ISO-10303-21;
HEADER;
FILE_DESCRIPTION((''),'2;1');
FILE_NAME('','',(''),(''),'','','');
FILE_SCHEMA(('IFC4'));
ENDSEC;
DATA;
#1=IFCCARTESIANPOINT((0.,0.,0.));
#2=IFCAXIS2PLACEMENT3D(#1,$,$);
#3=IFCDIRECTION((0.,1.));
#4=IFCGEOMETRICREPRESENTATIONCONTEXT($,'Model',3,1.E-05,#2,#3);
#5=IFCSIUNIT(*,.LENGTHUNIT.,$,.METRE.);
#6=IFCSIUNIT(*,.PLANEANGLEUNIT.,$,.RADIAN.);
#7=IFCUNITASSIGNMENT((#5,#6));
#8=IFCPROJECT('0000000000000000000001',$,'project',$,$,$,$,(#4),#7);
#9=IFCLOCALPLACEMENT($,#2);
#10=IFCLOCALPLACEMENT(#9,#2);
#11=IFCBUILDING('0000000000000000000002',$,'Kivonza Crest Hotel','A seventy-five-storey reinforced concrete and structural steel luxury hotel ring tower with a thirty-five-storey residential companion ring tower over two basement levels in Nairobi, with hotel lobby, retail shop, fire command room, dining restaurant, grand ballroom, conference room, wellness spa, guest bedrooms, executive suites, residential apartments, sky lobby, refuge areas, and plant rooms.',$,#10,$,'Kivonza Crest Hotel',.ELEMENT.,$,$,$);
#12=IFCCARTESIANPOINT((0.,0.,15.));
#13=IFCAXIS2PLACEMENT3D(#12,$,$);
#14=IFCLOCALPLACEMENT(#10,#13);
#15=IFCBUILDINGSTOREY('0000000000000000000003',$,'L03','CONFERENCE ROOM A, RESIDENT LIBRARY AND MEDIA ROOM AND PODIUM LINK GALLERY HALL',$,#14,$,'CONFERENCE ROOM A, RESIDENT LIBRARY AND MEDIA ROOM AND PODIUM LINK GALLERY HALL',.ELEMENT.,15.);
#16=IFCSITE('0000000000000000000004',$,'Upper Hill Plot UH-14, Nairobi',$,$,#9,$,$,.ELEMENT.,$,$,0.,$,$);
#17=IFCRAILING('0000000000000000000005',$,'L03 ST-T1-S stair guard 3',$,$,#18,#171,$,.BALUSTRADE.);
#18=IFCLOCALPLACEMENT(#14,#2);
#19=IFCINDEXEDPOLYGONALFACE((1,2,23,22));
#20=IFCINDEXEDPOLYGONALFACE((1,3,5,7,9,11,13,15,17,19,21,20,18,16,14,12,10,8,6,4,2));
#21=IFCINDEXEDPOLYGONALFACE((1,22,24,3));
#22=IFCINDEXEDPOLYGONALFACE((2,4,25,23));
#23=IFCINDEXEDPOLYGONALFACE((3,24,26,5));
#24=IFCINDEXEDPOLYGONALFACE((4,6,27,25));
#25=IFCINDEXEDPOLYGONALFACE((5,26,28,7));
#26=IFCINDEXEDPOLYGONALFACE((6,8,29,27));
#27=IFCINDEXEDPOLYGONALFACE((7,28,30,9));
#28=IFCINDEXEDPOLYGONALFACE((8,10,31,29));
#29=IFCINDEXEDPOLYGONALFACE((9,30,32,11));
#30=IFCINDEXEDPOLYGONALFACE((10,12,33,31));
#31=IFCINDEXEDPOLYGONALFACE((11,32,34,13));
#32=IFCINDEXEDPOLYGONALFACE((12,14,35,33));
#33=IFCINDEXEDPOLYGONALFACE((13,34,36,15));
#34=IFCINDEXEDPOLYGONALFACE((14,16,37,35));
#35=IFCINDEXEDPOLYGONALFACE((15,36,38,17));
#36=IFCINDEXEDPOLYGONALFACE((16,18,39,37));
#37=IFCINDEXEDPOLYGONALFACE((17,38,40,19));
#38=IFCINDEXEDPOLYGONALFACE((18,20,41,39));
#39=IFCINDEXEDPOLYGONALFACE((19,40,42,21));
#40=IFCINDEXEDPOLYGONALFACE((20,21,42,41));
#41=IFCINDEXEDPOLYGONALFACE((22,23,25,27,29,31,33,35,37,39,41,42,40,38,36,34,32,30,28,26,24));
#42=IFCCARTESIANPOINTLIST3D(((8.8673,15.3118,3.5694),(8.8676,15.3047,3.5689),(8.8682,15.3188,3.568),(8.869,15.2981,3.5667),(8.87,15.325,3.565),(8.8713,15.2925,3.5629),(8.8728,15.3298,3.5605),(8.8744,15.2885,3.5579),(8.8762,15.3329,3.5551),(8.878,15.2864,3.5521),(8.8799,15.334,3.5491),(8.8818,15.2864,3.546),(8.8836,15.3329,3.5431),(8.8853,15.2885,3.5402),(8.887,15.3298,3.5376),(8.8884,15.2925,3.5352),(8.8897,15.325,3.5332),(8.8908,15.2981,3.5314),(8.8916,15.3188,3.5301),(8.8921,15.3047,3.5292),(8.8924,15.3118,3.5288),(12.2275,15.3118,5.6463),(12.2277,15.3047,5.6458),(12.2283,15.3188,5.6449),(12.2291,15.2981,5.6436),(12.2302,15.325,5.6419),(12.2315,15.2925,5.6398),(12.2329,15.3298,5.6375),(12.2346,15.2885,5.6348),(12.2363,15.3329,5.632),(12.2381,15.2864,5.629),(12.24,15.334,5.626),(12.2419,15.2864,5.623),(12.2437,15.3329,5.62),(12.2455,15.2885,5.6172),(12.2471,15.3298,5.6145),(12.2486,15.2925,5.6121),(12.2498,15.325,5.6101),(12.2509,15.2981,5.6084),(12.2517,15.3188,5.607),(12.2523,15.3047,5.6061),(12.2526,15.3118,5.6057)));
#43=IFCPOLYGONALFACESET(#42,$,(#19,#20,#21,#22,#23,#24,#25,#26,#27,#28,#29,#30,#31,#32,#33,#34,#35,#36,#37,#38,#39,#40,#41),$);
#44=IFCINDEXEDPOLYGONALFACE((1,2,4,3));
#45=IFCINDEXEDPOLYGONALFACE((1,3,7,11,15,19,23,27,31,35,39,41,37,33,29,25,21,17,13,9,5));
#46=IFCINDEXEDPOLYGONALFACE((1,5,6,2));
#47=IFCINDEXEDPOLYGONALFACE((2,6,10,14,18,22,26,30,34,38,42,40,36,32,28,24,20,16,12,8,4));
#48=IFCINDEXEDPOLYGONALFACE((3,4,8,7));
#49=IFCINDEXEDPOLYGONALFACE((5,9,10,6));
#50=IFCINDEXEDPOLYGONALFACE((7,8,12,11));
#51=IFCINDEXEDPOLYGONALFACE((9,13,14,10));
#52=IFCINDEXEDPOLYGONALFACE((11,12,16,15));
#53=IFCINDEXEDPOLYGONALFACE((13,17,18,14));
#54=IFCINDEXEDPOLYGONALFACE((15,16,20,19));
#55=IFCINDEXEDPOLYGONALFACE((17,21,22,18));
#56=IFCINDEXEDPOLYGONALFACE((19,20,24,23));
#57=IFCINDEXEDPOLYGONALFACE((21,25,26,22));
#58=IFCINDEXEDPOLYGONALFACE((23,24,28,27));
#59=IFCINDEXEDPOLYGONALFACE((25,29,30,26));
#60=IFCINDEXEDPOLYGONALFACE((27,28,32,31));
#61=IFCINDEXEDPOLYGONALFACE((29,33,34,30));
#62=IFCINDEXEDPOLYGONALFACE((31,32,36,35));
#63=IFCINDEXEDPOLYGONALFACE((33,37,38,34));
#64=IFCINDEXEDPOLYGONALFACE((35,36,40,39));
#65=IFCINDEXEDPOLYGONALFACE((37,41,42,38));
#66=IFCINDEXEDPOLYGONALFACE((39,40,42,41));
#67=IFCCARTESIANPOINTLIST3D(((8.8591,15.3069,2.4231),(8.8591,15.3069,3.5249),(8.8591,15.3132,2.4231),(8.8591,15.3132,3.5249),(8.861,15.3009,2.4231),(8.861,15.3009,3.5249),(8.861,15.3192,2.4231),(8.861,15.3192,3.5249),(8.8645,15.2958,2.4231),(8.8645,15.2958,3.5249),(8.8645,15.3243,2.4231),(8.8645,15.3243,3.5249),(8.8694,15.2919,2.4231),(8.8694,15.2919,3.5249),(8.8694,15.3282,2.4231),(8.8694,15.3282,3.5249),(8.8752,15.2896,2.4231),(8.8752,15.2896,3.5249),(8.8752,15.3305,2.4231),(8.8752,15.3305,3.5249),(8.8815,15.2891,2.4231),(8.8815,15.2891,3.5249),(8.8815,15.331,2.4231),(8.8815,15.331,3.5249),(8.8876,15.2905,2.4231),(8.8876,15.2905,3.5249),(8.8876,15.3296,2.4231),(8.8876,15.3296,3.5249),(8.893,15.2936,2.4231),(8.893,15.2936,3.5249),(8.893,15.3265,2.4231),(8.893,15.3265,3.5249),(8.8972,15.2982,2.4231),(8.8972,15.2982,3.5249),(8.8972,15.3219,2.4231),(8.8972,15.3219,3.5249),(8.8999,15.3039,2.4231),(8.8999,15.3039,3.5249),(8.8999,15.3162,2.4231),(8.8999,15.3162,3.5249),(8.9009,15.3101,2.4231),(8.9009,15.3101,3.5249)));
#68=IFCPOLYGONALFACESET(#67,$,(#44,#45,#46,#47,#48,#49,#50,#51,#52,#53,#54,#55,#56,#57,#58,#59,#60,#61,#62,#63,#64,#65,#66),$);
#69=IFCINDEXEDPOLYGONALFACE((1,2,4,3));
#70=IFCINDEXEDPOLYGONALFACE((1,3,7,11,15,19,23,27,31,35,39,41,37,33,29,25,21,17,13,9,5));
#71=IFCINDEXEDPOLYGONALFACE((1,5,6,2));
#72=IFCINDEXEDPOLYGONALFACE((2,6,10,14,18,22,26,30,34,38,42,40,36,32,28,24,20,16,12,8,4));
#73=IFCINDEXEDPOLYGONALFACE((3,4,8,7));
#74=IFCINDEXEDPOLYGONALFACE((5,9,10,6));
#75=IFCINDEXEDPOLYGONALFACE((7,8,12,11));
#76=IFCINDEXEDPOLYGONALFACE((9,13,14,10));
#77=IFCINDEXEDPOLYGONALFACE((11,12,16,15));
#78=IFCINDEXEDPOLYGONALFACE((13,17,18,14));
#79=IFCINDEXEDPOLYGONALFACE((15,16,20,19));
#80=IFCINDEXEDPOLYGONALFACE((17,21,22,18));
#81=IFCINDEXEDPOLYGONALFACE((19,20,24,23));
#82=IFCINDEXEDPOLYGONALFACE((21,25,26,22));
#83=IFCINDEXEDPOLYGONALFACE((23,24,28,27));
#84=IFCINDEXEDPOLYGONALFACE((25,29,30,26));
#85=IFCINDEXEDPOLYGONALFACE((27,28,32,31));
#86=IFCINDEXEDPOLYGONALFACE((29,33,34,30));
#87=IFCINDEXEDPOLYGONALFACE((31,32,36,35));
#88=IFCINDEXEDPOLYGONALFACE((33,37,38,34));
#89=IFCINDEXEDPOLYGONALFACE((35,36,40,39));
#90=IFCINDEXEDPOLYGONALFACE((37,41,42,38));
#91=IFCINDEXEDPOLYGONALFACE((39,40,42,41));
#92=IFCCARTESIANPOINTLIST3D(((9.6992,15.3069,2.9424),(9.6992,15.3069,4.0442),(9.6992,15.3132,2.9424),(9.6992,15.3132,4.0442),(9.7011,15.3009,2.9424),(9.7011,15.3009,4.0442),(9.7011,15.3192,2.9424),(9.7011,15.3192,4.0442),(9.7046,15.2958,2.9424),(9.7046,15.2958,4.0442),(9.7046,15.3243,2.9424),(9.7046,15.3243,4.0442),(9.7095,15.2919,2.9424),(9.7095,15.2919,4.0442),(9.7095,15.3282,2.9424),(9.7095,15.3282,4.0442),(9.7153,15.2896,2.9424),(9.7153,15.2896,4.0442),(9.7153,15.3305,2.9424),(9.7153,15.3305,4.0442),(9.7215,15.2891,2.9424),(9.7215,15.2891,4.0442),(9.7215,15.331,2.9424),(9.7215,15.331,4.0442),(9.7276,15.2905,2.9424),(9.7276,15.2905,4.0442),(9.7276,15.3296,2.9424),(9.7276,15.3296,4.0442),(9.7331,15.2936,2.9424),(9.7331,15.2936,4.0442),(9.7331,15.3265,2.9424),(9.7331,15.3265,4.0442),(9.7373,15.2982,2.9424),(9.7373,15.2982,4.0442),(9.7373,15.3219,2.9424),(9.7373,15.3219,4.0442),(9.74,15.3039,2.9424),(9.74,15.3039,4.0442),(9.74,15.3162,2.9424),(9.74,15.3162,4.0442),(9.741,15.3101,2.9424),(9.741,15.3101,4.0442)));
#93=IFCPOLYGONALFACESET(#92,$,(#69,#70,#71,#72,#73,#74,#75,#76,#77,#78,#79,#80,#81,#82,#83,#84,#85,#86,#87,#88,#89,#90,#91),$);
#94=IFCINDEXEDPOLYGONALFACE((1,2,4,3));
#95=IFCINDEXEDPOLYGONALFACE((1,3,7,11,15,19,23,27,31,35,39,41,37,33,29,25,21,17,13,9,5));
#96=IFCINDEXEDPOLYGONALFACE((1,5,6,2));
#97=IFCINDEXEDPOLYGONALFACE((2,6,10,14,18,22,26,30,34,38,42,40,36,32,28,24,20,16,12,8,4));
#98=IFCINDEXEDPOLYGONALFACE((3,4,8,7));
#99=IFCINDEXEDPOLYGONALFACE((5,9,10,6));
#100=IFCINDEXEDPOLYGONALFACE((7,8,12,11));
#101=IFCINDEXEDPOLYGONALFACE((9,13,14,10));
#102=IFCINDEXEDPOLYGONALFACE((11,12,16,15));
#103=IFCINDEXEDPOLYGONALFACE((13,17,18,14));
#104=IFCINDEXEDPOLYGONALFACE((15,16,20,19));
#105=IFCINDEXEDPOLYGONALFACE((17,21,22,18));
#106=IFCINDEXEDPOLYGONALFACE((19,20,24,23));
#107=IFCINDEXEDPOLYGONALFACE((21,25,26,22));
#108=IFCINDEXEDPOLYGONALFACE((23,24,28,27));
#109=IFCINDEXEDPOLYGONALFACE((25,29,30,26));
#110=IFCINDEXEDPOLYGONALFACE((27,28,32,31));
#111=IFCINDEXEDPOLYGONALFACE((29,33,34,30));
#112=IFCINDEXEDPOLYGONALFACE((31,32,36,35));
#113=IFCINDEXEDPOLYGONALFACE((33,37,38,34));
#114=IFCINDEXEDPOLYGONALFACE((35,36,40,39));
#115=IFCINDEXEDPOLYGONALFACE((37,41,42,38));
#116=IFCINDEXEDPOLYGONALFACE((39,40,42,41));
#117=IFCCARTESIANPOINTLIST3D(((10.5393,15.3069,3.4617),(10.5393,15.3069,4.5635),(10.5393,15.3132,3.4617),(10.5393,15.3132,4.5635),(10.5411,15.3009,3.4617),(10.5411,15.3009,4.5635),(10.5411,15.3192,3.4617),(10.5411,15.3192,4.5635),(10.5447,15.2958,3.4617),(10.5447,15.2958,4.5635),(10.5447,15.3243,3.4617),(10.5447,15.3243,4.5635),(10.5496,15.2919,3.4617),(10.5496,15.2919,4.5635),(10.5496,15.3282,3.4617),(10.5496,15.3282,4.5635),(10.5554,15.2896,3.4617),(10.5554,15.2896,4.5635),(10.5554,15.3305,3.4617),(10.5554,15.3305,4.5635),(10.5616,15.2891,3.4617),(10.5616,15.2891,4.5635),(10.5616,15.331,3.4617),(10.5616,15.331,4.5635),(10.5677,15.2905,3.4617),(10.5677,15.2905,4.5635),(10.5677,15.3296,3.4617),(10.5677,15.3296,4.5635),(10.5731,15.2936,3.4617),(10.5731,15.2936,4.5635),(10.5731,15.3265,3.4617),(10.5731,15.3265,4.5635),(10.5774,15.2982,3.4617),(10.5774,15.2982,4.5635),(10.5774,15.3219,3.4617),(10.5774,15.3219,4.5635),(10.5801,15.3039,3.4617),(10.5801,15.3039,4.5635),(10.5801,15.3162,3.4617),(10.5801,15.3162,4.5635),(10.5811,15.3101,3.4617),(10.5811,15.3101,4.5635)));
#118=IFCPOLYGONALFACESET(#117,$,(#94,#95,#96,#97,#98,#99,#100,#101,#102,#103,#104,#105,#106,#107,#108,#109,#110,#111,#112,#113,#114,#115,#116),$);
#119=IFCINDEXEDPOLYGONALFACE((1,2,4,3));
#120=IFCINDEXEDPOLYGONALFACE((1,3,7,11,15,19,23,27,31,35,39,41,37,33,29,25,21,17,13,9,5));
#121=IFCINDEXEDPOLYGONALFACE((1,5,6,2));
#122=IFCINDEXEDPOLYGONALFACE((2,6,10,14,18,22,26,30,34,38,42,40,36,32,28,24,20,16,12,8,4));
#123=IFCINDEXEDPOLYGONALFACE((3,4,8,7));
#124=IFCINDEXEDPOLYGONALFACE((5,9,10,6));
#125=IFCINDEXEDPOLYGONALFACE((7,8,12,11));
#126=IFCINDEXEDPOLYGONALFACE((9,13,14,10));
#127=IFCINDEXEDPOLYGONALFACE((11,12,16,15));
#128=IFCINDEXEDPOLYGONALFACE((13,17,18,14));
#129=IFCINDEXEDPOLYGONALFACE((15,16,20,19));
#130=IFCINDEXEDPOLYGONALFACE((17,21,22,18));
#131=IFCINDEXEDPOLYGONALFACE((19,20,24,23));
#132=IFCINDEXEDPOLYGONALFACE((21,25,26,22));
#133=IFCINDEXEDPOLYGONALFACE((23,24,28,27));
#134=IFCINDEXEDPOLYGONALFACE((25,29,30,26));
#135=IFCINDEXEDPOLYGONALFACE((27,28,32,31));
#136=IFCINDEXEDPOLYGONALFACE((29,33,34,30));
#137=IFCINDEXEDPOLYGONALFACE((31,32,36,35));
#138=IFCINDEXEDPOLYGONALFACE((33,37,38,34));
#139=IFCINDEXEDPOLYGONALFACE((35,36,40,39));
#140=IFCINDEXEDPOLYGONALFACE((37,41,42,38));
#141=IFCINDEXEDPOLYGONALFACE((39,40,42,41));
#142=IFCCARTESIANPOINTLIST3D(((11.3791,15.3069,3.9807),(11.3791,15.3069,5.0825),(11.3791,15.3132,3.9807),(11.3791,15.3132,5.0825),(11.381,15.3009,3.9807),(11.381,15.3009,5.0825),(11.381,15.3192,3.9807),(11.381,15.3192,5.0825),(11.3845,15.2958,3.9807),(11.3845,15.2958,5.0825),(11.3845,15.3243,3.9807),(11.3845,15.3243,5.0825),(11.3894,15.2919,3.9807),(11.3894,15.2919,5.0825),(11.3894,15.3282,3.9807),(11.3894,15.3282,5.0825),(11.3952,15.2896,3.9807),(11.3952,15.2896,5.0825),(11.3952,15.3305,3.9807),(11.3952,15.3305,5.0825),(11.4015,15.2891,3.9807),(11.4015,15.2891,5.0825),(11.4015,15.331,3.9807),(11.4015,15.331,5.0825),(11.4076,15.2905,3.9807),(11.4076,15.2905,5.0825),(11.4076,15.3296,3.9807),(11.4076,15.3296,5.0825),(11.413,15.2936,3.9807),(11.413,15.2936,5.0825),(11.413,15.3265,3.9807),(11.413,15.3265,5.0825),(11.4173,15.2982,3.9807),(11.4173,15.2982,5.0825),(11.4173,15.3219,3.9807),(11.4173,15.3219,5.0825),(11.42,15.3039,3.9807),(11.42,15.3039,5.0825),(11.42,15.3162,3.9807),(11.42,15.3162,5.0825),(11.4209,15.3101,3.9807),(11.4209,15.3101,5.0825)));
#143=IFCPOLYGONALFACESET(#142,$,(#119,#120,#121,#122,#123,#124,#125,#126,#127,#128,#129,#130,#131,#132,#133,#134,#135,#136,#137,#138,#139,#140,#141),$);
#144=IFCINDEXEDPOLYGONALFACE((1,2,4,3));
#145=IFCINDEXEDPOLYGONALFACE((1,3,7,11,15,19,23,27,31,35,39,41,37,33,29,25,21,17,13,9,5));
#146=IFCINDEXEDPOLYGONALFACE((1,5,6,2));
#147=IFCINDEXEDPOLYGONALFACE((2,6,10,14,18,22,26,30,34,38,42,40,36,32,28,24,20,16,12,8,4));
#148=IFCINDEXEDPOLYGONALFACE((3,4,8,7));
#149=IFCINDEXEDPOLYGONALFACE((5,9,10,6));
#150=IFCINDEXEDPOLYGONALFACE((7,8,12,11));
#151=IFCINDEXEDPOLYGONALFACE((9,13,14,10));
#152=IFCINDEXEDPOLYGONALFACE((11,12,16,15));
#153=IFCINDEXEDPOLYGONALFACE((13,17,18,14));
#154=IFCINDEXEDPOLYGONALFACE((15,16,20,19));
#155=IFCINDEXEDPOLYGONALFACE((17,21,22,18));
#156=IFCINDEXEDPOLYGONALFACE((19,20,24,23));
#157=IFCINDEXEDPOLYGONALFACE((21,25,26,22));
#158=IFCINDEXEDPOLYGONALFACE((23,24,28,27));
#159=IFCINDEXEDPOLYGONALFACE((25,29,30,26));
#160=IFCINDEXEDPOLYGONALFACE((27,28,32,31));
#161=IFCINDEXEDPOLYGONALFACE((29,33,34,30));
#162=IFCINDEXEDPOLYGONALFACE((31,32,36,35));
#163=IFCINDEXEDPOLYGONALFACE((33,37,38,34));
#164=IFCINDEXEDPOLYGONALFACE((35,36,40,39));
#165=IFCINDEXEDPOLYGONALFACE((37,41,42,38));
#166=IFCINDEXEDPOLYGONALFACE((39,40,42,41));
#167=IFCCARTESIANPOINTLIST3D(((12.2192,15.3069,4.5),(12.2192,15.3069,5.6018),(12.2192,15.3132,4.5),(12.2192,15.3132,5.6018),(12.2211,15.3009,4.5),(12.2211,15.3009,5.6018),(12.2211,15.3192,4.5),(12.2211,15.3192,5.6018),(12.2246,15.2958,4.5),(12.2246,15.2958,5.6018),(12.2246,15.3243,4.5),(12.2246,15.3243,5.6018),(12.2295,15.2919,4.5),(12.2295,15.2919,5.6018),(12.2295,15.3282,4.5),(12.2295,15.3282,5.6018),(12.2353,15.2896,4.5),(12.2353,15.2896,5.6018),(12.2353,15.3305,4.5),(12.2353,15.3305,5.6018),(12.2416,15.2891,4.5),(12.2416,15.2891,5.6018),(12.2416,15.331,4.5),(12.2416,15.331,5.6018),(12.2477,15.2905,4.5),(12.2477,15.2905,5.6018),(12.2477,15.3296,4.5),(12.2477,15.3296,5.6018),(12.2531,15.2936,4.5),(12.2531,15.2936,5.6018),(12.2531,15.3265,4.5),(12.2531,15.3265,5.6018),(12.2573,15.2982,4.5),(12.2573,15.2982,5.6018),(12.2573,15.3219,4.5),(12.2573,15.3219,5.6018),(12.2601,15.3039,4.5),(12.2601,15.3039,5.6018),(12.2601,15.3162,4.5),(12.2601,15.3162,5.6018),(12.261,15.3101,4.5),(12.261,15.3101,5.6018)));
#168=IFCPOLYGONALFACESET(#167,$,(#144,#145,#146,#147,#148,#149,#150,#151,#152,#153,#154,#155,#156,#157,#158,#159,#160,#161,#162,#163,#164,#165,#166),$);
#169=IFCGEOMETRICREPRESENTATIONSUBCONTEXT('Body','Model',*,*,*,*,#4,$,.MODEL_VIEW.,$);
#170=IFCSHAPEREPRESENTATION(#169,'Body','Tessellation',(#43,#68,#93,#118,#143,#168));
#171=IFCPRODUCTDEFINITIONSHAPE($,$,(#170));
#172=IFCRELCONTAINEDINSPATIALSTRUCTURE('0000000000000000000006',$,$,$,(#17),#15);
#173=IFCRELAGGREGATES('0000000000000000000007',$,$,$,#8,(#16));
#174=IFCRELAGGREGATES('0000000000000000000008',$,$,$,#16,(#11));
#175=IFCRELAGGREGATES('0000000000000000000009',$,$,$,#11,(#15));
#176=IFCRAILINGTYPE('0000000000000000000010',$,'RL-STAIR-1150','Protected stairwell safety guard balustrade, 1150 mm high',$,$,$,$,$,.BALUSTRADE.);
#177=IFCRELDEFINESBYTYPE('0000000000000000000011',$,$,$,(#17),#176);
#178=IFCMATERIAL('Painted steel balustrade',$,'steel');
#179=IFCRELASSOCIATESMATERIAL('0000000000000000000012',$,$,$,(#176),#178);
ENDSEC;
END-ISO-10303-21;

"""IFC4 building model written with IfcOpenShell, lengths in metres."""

from ifc_helpers import new_model, si_unit, direction, frame, origin, origin_2d, place, context, subcontext, project, spatial, circle, extrude, material, type_object, element, save


model = new_model("IFC4")

# Units and contexts
model_context = context("Model", 3, precision=1e-05, world=origin(), true_north=direction((0.0, 1.0)))
body_context = subcontext(model_context, "Body", "Model", "MODEL_VIEW")
ifc_project = project(units=[si_unit("LENGTHUNIT", "METRE"), si_unit("PLANEANGLEUNIT", "RADIAN")], contexts=[model_context])

# Site, building, storey
site_placement = place(None, origin())
site = spatial("IfcSite", under=ifc_project, at=site_placement, Name="Upper Hill Plot UH-14, Nairobi", CompositionType="ELEMENT", RefElevation=0.0)
building_placement = place(site_placement, origin())
building = spatial("IfcBuilding", under=site, at=building_placement, Name="Kivonza Crest Hotel", Description="A seventy-five-storey reinforced concrete and structural steel luxury hotel ring tower with a thirty-five-storey residential companion ring tower over two basement levels in Nairobi, with hotel lobby, retail shop, fire command room, dining restaurant, grand ballroom, conference room, wellness spa, guest bedrooms, executive suites, residential apartments, sky lobby, refuge areas, and plant rooms.", LongName="Kivonza Crest Hotel", CompositionType="ELEMENT")
storey_placement = place(building_placement, frame((0.0, 0.0, 15.0)))
storey = spatial("IfcBuildingStorey", under=building, at=storey_placement, Name="L03", Description="CONFERENCE ROOM A, RESIDENT LIBRARY AND MEDIA ROOM AND PODIUM LINK GALLERY HALL", LongName="CONFERENCE ROOM A, RESIDENT LIBRARY AND MEDIA ROOM AND PODIUM LINK GALLERY HALL", CompositionType="ELEMENT", Elevation=15.0)

# Railing
ifc_material_1 = material(Name="Painted steel balustrade", Category="steel")
railing_type_1 = type_object("IfcRailingType", Name="RL-STAIR-1150", Description="Protected stairwell safety guard balustrade, 1150 mm high", PredefinedType="BALUSTRADE", material=ifc_material_1)
railing_1_placement = place(storey_placement, frame((8.8799, 15.3101, 2.4231)))
element("IfcRailing", 1, at=railing_1_placement, inside=storey, type_object=railing_type_1, Name="L03 ST-T1-S stair guard 3", PredefinedType="BALUSTRADE", context=body_context, shape_type="SweptSolid", body=[
    extrude(circle(Radius=0.0239, at=origin_2d()), frame((0.0, 0.0, 1.126), z_axis=(0.850623, 0.0, 0.525776), x_axis=(0.0, 1.0, 0.0)), (0.0, 0.0, 1.0), 3.9502),
    extrude(circle(Radius=0.021, at=origin_2d()), origin(), (0.0, 0.0, 1.0), 1.1018),
    extrude(circle(Radius=0.021, at=origin_2d()), frame((0.8401, 0.0, 0.5193)), (0.0, 0.0, 1.0), 1.1018),
    extrude(circle(Radius=0.021, at=origin_2d()), frame((1.6802, 0.0, 1.0386)), (0.0, 0.0, 1.0), 1.1018),
    extrude(circle(Radius=0.021, at=origin_2d()), frame((2.52, 0.0, 1.5576)), (0.0, 0.0, 1.0), 1.1018),
    extrude(circle(Radius=0.021, at=origin_2d()), frame((3.3601, 0.0, 2.0769)), (0.0, 0.0, 1.0), 1.1018),
])

save(model, "model.ifc")
